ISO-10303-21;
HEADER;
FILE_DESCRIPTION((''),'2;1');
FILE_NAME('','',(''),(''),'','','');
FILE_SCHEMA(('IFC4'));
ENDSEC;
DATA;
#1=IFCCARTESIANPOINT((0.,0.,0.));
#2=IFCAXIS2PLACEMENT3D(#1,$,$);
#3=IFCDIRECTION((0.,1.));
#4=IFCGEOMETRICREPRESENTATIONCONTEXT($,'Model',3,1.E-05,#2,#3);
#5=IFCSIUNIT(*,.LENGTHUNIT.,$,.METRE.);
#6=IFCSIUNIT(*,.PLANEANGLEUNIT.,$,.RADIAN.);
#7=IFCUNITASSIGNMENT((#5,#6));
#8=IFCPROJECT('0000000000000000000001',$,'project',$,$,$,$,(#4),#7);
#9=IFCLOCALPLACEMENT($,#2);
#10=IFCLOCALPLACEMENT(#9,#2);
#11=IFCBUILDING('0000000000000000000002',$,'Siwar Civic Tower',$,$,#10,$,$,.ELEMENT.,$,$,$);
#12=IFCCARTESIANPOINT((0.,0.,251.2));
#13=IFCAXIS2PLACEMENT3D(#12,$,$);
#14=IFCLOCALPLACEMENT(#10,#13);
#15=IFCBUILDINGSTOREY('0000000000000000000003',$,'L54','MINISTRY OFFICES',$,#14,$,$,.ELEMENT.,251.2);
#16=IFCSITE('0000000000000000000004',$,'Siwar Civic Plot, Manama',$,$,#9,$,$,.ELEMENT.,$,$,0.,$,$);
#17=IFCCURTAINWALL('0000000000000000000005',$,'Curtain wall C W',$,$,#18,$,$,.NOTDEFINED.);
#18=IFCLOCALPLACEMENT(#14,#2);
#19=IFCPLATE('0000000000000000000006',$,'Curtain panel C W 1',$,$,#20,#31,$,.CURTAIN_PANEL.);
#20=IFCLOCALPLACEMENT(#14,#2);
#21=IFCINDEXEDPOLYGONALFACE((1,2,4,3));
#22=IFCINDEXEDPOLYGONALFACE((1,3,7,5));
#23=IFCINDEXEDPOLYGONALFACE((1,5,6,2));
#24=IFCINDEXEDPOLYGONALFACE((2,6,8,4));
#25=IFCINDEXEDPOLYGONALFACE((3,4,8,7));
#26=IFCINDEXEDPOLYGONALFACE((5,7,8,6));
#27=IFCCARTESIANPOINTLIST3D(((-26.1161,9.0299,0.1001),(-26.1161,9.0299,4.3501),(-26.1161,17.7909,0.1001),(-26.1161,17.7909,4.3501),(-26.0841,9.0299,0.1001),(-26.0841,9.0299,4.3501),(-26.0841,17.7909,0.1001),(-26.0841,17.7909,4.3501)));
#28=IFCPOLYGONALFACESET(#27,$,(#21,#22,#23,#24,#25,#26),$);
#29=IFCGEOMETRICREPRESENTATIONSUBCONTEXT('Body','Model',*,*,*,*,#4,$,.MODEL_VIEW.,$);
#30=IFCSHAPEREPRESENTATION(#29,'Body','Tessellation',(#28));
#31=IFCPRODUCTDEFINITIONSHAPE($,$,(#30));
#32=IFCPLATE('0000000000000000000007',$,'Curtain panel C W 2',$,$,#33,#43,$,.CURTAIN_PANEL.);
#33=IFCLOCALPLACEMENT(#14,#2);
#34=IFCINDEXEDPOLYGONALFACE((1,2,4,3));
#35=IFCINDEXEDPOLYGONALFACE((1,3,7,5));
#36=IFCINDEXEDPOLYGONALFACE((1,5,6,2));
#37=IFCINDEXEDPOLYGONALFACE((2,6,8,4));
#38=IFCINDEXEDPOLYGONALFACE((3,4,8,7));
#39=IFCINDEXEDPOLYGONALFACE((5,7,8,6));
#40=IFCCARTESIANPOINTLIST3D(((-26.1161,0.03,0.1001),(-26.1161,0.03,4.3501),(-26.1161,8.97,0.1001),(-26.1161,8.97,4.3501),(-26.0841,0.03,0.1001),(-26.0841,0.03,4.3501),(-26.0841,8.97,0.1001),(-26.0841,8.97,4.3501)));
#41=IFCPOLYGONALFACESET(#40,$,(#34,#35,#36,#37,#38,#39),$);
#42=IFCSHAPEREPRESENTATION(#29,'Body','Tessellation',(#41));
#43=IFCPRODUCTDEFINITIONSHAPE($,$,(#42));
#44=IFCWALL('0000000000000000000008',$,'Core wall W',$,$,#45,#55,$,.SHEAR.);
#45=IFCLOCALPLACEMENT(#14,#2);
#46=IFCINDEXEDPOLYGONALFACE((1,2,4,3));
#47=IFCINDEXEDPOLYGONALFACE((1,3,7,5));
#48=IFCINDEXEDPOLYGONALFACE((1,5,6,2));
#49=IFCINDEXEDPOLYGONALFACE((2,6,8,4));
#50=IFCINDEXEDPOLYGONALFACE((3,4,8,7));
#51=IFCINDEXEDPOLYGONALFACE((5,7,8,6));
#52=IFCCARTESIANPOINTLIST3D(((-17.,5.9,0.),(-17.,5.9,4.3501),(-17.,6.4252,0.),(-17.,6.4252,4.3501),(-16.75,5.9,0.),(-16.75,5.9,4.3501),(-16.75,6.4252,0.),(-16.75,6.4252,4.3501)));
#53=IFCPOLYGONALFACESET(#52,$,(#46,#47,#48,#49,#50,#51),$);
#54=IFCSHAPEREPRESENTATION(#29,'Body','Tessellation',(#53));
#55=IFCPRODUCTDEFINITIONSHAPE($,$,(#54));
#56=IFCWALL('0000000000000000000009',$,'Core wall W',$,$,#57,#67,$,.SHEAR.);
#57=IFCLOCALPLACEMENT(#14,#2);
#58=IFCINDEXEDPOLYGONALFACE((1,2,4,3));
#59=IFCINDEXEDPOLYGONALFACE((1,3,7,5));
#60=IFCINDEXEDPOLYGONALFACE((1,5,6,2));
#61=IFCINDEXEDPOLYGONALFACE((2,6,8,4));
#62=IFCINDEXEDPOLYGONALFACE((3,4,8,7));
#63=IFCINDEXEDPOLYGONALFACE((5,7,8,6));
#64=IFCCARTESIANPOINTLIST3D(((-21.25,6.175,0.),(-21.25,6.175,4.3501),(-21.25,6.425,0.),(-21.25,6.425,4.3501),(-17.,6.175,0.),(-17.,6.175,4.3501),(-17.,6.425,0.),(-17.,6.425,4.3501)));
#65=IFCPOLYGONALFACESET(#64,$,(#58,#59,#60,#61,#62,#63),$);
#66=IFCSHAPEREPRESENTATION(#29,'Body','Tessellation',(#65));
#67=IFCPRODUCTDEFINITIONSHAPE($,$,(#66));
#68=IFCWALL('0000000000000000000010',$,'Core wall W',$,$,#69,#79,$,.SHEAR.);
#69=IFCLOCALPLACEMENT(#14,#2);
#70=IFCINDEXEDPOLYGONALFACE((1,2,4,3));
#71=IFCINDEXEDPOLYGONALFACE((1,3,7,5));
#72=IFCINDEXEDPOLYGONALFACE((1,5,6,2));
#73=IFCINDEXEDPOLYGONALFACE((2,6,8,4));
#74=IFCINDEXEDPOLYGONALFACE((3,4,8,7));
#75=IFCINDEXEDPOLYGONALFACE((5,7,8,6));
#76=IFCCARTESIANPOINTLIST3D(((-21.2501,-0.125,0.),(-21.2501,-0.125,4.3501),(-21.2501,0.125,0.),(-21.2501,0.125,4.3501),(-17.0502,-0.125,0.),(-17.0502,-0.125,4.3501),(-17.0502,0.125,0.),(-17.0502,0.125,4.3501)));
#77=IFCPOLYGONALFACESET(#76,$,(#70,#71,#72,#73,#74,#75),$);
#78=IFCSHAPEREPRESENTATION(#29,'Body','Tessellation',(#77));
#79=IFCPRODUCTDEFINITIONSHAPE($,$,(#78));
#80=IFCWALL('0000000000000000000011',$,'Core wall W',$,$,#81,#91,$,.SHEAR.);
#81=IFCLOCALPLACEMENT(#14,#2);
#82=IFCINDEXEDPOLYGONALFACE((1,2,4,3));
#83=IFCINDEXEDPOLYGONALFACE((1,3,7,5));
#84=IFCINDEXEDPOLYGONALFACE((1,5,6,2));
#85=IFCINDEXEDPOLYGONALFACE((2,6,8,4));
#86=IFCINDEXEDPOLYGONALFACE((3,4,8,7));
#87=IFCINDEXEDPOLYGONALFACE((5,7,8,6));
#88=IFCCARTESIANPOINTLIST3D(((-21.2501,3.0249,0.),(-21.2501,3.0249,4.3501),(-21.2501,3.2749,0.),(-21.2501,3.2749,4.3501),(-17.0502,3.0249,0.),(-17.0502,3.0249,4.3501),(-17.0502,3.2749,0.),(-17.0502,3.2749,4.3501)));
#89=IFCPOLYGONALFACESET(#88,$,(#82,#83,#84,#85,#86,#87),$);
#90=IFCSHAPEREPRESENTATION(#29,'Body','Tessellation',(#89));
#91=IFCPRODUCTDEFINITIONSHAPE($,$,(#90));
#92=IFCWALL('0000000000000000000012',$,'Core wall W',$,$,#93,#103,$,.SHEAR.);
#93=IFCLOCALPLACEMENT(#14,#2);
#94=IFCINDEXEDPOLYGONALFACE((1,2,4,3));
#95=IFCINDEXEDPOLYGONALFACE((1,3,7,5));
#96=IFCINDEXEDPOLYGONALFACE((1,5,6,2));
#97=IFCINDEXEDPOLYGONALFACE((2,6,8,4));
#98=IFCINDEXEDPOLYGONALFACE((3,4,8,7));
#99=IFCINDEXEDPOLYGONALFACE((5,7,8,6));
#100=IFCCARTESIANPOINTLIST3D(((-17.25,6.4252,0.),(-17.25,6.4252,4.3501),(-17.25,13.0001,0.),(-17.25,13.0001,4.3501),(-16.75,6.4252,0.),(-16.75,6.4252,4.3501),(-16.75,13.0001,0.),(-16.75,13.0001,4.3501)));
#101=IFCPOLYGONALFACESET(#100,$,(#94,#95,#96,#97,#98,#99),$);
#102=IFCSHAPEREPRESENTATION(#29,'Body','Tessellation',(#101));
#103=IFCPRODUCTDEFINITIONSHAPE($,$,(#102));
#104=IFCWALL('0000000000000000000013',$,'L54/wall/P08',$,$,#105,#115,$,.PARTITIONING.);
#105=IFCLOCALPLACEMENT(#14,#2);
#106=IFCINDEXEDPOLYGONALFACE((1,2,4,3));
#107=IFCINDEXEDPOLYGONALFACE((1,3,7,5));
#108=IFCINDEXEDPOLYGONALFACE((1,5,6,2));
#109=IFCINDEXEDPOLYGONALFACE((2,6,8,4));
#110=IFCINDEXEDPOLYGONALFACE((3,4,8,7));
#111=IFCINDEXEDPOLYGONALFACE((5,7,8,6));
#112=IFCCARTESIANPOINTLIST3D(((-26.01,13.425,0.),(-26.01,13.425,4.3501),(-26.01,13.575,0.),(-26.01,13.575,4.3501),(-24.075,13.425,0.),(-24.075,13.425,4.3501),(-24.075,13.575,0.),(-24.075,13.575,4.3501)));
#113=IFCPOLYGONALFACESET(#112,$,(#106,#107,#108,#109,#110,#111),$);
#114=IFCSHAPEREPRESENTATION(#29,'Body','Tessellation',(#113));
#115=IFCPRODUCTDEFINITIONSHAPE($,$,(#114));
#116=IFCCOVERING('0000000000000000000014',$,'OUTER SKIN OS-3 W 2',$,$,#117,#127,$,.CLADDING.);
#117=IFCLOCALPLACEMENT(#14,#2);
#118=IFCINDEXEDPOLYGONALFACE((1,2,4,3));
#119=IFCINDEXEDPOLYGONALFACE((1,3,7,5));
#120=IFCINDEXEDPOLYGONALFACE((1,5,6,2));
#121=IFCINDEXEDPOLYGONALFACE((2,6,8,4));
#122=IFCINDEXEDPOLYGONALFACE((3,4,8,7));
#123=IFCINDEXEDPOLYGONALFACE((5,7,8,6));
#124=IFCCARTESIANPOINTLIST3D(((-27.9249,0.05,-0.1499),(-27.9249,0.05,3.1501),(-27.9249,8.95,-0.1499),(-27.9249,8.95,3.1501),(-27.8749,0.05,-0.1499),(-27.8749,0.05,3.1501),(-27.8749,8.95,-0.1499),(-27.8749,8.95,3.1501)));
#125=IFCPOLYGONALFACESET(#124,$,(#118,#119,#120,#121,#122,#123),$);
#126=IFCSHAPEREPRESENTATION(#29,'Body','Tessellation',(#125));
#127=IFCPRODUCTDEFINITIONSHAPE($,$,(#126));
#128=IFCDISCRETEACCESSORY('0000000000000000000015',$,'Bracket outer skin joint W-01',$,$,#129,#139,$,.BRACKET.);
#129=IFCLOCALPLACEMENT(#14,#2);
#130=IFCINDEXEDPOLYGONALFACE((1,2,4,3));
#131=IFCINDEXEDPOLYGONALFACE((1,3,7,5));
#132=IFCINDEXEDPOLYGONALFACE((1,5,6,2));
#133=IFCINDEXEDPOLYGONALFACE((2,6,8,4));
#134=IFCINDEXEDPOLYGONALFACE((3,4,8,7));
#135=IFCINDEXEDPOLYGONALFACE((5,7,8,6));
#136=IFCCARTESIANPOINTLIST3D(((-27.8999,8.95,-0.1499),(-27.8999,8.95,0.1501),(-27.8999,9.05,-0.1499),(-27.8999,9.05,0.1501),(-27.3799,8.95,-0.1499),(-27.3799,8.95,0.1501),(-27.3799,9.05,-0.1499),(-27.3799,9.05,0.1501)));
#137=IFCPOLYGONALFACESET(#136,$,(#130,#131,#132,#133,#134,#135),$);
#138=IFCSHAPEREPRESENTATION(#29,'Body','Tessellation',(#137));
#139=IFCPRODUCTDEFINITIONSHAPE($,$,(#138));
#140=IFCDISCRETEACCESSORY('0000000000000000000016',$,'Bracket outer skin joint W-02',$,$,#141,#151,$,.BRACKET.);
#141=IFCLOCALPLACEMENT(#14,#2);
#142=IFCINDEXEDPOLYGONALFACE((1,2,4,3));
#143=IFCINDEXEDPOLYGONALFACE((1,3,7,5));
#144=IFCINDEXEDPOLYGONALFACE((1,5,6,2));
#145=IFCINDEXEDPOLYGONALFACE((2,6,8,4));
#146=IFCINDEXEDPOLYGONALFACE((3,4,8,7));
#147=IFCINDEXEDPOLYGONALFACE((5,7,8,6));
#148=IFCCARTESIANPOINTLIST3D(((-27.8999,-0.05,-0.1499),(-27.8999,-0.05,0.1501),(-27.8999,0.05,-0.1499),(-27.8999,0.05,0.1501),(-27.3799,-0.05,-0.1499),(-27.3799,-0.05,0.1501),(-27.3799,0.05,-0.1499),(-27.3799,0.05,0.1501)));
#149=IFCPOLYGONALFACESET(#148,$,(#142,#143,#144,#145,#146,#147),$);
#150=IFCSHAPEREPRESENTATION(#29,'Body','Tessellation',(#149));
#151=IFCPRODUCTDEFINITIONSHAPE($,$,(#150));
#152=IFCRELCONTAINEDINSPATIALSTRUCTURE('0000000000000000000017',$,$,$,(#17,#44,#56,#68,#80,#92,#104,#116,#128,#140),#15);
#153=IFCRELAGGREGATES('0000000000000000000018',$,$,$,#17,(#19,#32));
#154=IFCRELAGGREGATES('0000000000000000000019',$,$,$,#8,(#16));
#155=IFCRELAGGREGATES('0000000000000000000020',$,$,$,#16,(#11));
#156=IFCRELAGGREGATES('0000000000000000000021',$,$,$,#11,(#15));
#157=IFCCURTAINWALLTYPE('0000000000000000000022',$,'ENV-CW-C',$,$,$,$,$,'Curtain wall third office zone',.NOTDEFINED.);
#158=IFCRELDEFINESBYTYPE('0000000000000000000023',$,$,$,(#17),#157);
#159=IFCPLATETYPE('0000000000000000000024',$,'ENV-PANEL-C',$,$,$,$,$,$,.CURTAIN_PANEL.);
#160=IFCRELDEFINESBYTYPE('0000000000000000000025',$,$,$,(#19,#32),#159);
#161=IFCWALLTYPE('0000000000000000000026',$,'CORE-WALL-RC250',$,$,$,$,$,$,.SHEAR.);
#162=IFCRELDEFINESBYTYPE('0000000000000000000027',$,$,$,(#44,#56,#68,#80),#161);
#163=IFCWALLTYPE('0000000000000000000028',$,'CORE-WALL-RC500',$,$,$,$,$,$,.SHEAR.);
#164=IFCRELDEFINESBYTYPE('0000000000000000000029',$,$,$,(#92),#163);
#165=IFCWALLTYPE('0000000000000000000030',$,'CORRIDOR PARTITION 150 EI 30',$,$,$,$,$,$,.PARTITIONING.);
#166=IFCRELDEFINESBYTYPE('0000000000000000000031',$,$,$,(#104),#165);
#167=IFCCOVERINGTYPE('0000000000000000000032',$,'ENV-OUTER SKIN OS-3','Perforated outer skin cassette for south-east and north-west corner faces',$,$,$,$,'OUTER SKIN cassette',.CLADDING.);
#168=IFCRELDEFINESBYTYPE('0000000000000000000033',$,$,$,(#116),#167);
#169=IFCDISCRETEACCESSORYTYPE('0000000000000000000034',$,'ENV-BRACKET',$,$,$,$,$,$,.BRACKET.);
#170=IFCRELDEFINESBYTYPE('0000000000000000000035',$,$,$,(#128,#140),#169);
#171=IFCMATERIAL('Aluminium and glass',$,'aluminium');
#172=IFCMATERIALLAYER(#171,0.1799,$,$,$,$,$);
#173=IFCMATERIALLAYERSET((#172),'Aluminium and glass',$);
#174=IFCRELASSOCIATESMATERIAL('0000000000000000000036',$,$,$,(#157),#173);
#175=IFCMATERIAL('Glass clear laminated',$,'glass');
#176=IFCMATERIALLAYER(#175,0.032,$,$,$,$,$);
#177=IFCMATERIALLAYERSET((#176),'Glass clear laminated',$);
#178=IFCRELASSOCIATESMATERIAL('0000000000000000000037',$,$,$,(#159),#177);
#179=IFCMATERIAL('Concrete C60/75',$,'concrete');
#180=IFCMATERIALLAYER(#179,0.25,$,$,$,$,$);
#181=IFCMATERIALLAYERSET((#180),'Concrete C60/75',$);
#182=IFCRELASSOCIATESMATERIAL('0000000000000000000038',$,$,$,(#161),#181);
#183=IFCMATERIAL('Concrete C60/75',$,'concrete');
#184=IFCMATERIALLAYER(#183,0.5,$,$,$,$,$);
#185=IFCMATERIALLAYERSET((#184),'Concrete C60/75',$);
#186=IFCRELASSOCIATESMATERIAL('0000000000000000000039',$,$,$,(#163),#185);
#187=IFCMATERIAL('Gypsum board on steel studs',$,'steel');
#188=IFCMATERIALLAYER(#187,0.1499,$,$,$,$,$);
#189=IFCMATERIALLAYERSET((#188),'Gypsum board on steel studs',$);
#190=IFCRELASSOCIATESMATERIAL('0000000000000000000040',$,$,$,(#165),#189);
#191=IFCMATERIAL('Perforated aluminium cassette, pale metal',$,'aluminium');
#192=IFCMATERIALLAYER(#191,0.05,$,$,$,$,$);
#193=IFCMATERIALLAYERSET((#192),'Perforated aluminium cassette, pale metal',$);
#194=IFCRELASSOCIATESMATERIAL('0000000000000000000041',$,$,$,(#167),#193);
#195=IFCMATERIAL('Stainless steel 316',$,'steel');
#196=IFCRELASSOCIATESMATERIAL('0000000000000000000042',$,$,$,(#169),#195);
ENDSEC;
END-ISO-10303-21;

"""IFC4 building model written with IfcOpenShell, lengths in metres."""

from ifc_helpers import new_model, si_unit, direction, frame, frame_2d, origin, origin_2d, place, context, subcontext, project, spatial, rectangle, extrude, material, layer, layer_set, type_object, element, aggregate, save


model = new_model("IFC4")

# Units and contexts
model_context = context("Model", 3, precision=1e-05, world=origin(), true_north=direction((0.0, 1.0)))
body_context = subcontext(model_context, "Body", "Model", "MODEL_VIEW")
ifc_project = project(units=[si_unit("LENGTHUNIT", "METRE"), si_unit("PLANEANGLEUNIT", "RADIAN")], contexts=[model_context])

# Site, building, storey
site_placement = place(None, origin())
site = spatial("IfcSite", under=ifc_project, at=site_placement, Name="Siwar Civic Plot, Manama", CompositionType="ELEMENT", RefElevation=0.0)
building_placement = place(site_placement, origin())
building = spatial("IfcBuilding", under=site, at=building_placement, Name="Siwar Civic Tower", CompositionType="ELEMENT")
storey_placement = place(building_placement, frame((0.0, 0.0, 251.2)))
storey = spatial("IfcBuildingStorey", under=building, at=storey_placement, Name="L54", Description="MINISTRY OFFICES", CompositionType="ELEMENT", Elevation=251.2)

# Curtain wall
ifc_material_1 = material(Name="Aluminium and glass", Category="aluminium")
ifc_layer_1 = layer(ifc_material_1, 0.1799)
ifc_layer_set_1 = layer_set([ifc_layer_1], Name="Aluminium and glass")
curtain_wall_type = type_object("IfcCurtainWallType", Name="ENV-CW-C", ElementType="Curtain wall third office zone", PredefinedType="NOTDEFINED", material=ifc_layer_set_1)
curtain_wall_placement = place(storey_placement, origin())
curtain_wall = element("IfcCurtainWall", 1, at=curtain_wall_placement, inside=storey, type_object=curtain_wall_type, Name="Curtain wall C W", PredefinedType="NOTDEFINED")

# Plates
ifc_material_2 = material(Name="Glass clear laminated", Category="glass")
ifc_layer_2 = layer(ifc_material_2, 0.032)
ifc_layer_set_2 = layer_set([ifc_layer_2], Name="Glass clear laminated")
plate_type = type_object("IfcPlateType", Name="ENV-PANEL-C", PredefinedType="CURTAIN_PANEL", material=ifc_layer_set_2)
plate_1_placement = place(storey_placement, frame((-26.1001, 13.4104, 0.1001), z_axis=(0.0, 0.0, 1.0), x_axis=(0.0, -1.0, 0.0)))
plate_1 = element("IfcPlate", 2, at=plate_1_placement, type_object=plate_type, Name="Curtain panel C W 1", PredefinedType="CURTAIN_PANEL", context=body_context, shape_type="SweptSolid", body=[
    extrude(rectangle(XDim=8.761, YDim=0.032, at=origin_2d()), origin(), (0.0, 0.0, 1.0), 4.25),
])
plate_2_placement = place(storey_placement, frame((-26.1001, 4.5, 0.1001), z_axis=(0.0, 0.0, 1.0), x_axis=(0.0, -1.0, 0.0)))
plate_2 = element("IfcPlate", 3, at=plate_2_placement, type_object=plate_type, Name="Curtain panel C W 2", PredefinedType="CURTAIN_PANEL", context=body_context, shape_type="SweptSolid", body=[
    extrude(rectangle(XDim=8.9399, YDim=0.032, at=origin_2d()), origin(), (0.0, 0.0, 1.0), 4.25),
])
aggregate(curtain_wall, [plate_1, plate_2])

# Walls
ifc_material_3 = material(Name="Concrete C60/75", Category="concrete")
ifc_layer_3 = layer(ifc_material_3, 0.25)
ifc_layer_set_3 = layer_set([ifc_layer_3], Name="Concrete C60/75")
wall_type_1 = type_object("IfcWallType", Name="CORE-WALL-RC250", PredefinedType="SHEAR", material=ifc_layer_set_3)
wall_1_placement = place(storey_placement, frame((-16.875, 5.8999, 0.0), z_axis=(0.0, 0.0, 1.0), x_axis=(0.0, 1.0, 0.0)))
element("IfcWall", 4, at=wall_1_placement, inside=storey, type_object=wall_type_1, Name="Core wall W", PredefinedType="SHEAR", context=body_context, shape_type="SweptSolid", body=[
    extrude(rectangle(XDim=0.5251, YDim=0.25, at=frame_2d((0.2627, 0.0))), origin(), (0.0, 0.0, 1.0), 4.3501),
])
wall_2_placement = place(storey_placement, frame((-17.0, 6.3, 0.0), z_axis=(0.0, 0.0, 1.0), x_axis=(-1.0, 0.0, 0.0)))
element("IfcWall", 5, at=wall_2_placement, inside=storey, type_object=wall_type_1, Name="Core wall W", PredefinedType="SHEAR", context=body_context, shape_type="SweptSolid", body=[
    extrude(rectangle(XDim=4.25, YDim=0.25, at=frame_2d((2.125, 0.0))), origin(), (0.0, 0.0, 1.0), 4.3501),
])
for number, where, z_axis, x_axis, name in (
    (6, (-17.05, 0.0, 0.0), (0.0, 0.0, 1.0), (-1.0, 0.0, 0.0), "Core wall W"),
    (7, (-17.05, 3.1499, 0.0), (0.0, 0.0, 1.0), (-1.0, 0.0, 0.0), "Core wall W"),
):
    element("IfcWall", number, at=place(storey_placement, frame(where, z_axis=z_axis, x_axis=x_axis)), inside=storey, type_object=wall_type_1, Name=name, PredefinedType="SHEAR", context=body_context, shape_type="SweptSolid", body=[
        extrude(rectangle(XDim=4.2, YDim=0.25, at=frame_2d((2.1001, 0.0))), origin(), (0.0, 0.0, 1.0), 4.3501),
    ])
ifc_material_4 = material(Name="Concrete C60/75", Category="concrete")
ifc_layer_4 = layer(ifc_material_4, 0.5)
ifc_layer_set_4 = layer_set([ifc_layer_4], Name="Concrete C60/75")
wall_type_2 = type_object("IfcWallType", Name="CORE-WALL-RC500", PredefinedType="SHEAR", material=ifc_layer_set_4)
wall_3_placement = place(storey_placement, frame((-17.0, 6.425, 0.0), z_axis=(0.0, 0.0, 1.0), x_axis=(0.0, 1.0, 0.0)))
element("IfcWall", 8, at=wall_3_placement, inside=storey, type_object=wall_type_2, Name="Core wall W", PredefinedType="SHEAR", context=body_context, shape_type="SweptSolid", body=[
    extrude(rectangle(XDim=6.575, YDim=0.5, at=frame_2d((3.2876, 0.0))), origin(), (0.0, 0.0, 1.0), 4.3501),
])
ifc_material_5 = material(Name="Gypsum board on steel studs", Category="steel")
ifc_layer_5 = layer(ifc_material_5, 0.1499)
ifc_layer_set_5 = layer_set([ifc_layer_5], Name="Gypsum board on steel studs")
wall_type_3 = type_object("IfcWallType", Name="CORRIDOR PARTITION 150 EI 30", PredefinedType="PARTITIONING", material=ifc_layer_set_5)
wall_4_placement = place(storey_placement, frame((-26.01, 13.5, 0.0), z_axis=(0.0, 0.0, 1.0), x_axis=(1.0, 0.0, 0.0)))
element("IfcWall", 9, at=wall_4_placement, inside=storey, type_object=wall_type_3, Name="L54/wall/P08", PredefinedType="PARTITIONING", context=body_context, shape_type="SweptSolid", body=[
    extrude(rectangle(XDim=1.9351, YDim=0.1499, at=frame_2d((0.9675, 0.0))), origin(), (0.0, 0.0, 1.0), 4.3501),
])

# Covering
ifc_material_6 = material(Name="Perforated aluminium cassette, pale metal", Category="aluminium")
ifc_layer_6 = layer(ifc_material_6, 0.05)
ifc_layer_set_6 = layer_set([ifc_layer_6], Name="Perforated aluminium cassette, pale metal")
covering_type = type_object("IfcCoveringType", Name="ENV-OUTER SKIN OS-3", Description="Perforated outer skin cassette for south-east and north-west corner faces", ElementType="OUTER SKIN cassette", PredefinedType="CLADDING", material=ifc_layer_set_6)
covering_placement = place(storey_placement, frame((-27.8999, 4.5, -0.1499), z_axis=(0.0, 0.0, 1.0), x_axis=(0.0, -1.0, 0.0)))
element("IfcCovering", 10, at=covering_placement, inside=storey, type_object=covering_type, Name="OUTER SKIN OS-3 W 2", PredefinedType="CLADDING", context=body_context, shape_type="SweptSolid", body=[
    extrude(rectangle(XDim=8.8999, YDim=0.05, at=origin_2d()), origin(), (0.0, 0.0, 1.0), 3.3),
])

# Discrete accessories
ifc_material_7 = material(Name="Stainless steel 316", Category="steel")
discrete_accessory_type = type_object("IfcDiscreteAccessoryType", Name="ENV-BRACKET", PredefinedType="BRACKET", material=ifc_material_7)
for number, where, z_axis, x_axis, name in (
    (11, (-27.6399, 9.0, -0.1499), (0.0, 0.0, 1.0), (-1.0, 0.0, 0.0), "Bracket outer skin joint W-01"),
    (12, (-27.6399, 0.0, -0.1499), (0.0, 0.0, 1.0), (-1.0, 0.0, 0.0), "Bracket outer skin joint W-02"),
):
    element("IfcDiscreteAccessory", number, at=place(storey_placement, frame(where, z_axis=z_axis, x_axis=x_axis)), inside=storey, type_object=discrete_accessory_type, Name=name, PredefinedType="BRACKET", context=body_context, shape_type="SweptSolid", body=[
        extrude(rectangle(XDim=0.52, YDim=0.1001, at=origin_2d()), origin(), (0.0, 0.0, 1.0), 0.3),
    ])

save(model, "model.ifc")
